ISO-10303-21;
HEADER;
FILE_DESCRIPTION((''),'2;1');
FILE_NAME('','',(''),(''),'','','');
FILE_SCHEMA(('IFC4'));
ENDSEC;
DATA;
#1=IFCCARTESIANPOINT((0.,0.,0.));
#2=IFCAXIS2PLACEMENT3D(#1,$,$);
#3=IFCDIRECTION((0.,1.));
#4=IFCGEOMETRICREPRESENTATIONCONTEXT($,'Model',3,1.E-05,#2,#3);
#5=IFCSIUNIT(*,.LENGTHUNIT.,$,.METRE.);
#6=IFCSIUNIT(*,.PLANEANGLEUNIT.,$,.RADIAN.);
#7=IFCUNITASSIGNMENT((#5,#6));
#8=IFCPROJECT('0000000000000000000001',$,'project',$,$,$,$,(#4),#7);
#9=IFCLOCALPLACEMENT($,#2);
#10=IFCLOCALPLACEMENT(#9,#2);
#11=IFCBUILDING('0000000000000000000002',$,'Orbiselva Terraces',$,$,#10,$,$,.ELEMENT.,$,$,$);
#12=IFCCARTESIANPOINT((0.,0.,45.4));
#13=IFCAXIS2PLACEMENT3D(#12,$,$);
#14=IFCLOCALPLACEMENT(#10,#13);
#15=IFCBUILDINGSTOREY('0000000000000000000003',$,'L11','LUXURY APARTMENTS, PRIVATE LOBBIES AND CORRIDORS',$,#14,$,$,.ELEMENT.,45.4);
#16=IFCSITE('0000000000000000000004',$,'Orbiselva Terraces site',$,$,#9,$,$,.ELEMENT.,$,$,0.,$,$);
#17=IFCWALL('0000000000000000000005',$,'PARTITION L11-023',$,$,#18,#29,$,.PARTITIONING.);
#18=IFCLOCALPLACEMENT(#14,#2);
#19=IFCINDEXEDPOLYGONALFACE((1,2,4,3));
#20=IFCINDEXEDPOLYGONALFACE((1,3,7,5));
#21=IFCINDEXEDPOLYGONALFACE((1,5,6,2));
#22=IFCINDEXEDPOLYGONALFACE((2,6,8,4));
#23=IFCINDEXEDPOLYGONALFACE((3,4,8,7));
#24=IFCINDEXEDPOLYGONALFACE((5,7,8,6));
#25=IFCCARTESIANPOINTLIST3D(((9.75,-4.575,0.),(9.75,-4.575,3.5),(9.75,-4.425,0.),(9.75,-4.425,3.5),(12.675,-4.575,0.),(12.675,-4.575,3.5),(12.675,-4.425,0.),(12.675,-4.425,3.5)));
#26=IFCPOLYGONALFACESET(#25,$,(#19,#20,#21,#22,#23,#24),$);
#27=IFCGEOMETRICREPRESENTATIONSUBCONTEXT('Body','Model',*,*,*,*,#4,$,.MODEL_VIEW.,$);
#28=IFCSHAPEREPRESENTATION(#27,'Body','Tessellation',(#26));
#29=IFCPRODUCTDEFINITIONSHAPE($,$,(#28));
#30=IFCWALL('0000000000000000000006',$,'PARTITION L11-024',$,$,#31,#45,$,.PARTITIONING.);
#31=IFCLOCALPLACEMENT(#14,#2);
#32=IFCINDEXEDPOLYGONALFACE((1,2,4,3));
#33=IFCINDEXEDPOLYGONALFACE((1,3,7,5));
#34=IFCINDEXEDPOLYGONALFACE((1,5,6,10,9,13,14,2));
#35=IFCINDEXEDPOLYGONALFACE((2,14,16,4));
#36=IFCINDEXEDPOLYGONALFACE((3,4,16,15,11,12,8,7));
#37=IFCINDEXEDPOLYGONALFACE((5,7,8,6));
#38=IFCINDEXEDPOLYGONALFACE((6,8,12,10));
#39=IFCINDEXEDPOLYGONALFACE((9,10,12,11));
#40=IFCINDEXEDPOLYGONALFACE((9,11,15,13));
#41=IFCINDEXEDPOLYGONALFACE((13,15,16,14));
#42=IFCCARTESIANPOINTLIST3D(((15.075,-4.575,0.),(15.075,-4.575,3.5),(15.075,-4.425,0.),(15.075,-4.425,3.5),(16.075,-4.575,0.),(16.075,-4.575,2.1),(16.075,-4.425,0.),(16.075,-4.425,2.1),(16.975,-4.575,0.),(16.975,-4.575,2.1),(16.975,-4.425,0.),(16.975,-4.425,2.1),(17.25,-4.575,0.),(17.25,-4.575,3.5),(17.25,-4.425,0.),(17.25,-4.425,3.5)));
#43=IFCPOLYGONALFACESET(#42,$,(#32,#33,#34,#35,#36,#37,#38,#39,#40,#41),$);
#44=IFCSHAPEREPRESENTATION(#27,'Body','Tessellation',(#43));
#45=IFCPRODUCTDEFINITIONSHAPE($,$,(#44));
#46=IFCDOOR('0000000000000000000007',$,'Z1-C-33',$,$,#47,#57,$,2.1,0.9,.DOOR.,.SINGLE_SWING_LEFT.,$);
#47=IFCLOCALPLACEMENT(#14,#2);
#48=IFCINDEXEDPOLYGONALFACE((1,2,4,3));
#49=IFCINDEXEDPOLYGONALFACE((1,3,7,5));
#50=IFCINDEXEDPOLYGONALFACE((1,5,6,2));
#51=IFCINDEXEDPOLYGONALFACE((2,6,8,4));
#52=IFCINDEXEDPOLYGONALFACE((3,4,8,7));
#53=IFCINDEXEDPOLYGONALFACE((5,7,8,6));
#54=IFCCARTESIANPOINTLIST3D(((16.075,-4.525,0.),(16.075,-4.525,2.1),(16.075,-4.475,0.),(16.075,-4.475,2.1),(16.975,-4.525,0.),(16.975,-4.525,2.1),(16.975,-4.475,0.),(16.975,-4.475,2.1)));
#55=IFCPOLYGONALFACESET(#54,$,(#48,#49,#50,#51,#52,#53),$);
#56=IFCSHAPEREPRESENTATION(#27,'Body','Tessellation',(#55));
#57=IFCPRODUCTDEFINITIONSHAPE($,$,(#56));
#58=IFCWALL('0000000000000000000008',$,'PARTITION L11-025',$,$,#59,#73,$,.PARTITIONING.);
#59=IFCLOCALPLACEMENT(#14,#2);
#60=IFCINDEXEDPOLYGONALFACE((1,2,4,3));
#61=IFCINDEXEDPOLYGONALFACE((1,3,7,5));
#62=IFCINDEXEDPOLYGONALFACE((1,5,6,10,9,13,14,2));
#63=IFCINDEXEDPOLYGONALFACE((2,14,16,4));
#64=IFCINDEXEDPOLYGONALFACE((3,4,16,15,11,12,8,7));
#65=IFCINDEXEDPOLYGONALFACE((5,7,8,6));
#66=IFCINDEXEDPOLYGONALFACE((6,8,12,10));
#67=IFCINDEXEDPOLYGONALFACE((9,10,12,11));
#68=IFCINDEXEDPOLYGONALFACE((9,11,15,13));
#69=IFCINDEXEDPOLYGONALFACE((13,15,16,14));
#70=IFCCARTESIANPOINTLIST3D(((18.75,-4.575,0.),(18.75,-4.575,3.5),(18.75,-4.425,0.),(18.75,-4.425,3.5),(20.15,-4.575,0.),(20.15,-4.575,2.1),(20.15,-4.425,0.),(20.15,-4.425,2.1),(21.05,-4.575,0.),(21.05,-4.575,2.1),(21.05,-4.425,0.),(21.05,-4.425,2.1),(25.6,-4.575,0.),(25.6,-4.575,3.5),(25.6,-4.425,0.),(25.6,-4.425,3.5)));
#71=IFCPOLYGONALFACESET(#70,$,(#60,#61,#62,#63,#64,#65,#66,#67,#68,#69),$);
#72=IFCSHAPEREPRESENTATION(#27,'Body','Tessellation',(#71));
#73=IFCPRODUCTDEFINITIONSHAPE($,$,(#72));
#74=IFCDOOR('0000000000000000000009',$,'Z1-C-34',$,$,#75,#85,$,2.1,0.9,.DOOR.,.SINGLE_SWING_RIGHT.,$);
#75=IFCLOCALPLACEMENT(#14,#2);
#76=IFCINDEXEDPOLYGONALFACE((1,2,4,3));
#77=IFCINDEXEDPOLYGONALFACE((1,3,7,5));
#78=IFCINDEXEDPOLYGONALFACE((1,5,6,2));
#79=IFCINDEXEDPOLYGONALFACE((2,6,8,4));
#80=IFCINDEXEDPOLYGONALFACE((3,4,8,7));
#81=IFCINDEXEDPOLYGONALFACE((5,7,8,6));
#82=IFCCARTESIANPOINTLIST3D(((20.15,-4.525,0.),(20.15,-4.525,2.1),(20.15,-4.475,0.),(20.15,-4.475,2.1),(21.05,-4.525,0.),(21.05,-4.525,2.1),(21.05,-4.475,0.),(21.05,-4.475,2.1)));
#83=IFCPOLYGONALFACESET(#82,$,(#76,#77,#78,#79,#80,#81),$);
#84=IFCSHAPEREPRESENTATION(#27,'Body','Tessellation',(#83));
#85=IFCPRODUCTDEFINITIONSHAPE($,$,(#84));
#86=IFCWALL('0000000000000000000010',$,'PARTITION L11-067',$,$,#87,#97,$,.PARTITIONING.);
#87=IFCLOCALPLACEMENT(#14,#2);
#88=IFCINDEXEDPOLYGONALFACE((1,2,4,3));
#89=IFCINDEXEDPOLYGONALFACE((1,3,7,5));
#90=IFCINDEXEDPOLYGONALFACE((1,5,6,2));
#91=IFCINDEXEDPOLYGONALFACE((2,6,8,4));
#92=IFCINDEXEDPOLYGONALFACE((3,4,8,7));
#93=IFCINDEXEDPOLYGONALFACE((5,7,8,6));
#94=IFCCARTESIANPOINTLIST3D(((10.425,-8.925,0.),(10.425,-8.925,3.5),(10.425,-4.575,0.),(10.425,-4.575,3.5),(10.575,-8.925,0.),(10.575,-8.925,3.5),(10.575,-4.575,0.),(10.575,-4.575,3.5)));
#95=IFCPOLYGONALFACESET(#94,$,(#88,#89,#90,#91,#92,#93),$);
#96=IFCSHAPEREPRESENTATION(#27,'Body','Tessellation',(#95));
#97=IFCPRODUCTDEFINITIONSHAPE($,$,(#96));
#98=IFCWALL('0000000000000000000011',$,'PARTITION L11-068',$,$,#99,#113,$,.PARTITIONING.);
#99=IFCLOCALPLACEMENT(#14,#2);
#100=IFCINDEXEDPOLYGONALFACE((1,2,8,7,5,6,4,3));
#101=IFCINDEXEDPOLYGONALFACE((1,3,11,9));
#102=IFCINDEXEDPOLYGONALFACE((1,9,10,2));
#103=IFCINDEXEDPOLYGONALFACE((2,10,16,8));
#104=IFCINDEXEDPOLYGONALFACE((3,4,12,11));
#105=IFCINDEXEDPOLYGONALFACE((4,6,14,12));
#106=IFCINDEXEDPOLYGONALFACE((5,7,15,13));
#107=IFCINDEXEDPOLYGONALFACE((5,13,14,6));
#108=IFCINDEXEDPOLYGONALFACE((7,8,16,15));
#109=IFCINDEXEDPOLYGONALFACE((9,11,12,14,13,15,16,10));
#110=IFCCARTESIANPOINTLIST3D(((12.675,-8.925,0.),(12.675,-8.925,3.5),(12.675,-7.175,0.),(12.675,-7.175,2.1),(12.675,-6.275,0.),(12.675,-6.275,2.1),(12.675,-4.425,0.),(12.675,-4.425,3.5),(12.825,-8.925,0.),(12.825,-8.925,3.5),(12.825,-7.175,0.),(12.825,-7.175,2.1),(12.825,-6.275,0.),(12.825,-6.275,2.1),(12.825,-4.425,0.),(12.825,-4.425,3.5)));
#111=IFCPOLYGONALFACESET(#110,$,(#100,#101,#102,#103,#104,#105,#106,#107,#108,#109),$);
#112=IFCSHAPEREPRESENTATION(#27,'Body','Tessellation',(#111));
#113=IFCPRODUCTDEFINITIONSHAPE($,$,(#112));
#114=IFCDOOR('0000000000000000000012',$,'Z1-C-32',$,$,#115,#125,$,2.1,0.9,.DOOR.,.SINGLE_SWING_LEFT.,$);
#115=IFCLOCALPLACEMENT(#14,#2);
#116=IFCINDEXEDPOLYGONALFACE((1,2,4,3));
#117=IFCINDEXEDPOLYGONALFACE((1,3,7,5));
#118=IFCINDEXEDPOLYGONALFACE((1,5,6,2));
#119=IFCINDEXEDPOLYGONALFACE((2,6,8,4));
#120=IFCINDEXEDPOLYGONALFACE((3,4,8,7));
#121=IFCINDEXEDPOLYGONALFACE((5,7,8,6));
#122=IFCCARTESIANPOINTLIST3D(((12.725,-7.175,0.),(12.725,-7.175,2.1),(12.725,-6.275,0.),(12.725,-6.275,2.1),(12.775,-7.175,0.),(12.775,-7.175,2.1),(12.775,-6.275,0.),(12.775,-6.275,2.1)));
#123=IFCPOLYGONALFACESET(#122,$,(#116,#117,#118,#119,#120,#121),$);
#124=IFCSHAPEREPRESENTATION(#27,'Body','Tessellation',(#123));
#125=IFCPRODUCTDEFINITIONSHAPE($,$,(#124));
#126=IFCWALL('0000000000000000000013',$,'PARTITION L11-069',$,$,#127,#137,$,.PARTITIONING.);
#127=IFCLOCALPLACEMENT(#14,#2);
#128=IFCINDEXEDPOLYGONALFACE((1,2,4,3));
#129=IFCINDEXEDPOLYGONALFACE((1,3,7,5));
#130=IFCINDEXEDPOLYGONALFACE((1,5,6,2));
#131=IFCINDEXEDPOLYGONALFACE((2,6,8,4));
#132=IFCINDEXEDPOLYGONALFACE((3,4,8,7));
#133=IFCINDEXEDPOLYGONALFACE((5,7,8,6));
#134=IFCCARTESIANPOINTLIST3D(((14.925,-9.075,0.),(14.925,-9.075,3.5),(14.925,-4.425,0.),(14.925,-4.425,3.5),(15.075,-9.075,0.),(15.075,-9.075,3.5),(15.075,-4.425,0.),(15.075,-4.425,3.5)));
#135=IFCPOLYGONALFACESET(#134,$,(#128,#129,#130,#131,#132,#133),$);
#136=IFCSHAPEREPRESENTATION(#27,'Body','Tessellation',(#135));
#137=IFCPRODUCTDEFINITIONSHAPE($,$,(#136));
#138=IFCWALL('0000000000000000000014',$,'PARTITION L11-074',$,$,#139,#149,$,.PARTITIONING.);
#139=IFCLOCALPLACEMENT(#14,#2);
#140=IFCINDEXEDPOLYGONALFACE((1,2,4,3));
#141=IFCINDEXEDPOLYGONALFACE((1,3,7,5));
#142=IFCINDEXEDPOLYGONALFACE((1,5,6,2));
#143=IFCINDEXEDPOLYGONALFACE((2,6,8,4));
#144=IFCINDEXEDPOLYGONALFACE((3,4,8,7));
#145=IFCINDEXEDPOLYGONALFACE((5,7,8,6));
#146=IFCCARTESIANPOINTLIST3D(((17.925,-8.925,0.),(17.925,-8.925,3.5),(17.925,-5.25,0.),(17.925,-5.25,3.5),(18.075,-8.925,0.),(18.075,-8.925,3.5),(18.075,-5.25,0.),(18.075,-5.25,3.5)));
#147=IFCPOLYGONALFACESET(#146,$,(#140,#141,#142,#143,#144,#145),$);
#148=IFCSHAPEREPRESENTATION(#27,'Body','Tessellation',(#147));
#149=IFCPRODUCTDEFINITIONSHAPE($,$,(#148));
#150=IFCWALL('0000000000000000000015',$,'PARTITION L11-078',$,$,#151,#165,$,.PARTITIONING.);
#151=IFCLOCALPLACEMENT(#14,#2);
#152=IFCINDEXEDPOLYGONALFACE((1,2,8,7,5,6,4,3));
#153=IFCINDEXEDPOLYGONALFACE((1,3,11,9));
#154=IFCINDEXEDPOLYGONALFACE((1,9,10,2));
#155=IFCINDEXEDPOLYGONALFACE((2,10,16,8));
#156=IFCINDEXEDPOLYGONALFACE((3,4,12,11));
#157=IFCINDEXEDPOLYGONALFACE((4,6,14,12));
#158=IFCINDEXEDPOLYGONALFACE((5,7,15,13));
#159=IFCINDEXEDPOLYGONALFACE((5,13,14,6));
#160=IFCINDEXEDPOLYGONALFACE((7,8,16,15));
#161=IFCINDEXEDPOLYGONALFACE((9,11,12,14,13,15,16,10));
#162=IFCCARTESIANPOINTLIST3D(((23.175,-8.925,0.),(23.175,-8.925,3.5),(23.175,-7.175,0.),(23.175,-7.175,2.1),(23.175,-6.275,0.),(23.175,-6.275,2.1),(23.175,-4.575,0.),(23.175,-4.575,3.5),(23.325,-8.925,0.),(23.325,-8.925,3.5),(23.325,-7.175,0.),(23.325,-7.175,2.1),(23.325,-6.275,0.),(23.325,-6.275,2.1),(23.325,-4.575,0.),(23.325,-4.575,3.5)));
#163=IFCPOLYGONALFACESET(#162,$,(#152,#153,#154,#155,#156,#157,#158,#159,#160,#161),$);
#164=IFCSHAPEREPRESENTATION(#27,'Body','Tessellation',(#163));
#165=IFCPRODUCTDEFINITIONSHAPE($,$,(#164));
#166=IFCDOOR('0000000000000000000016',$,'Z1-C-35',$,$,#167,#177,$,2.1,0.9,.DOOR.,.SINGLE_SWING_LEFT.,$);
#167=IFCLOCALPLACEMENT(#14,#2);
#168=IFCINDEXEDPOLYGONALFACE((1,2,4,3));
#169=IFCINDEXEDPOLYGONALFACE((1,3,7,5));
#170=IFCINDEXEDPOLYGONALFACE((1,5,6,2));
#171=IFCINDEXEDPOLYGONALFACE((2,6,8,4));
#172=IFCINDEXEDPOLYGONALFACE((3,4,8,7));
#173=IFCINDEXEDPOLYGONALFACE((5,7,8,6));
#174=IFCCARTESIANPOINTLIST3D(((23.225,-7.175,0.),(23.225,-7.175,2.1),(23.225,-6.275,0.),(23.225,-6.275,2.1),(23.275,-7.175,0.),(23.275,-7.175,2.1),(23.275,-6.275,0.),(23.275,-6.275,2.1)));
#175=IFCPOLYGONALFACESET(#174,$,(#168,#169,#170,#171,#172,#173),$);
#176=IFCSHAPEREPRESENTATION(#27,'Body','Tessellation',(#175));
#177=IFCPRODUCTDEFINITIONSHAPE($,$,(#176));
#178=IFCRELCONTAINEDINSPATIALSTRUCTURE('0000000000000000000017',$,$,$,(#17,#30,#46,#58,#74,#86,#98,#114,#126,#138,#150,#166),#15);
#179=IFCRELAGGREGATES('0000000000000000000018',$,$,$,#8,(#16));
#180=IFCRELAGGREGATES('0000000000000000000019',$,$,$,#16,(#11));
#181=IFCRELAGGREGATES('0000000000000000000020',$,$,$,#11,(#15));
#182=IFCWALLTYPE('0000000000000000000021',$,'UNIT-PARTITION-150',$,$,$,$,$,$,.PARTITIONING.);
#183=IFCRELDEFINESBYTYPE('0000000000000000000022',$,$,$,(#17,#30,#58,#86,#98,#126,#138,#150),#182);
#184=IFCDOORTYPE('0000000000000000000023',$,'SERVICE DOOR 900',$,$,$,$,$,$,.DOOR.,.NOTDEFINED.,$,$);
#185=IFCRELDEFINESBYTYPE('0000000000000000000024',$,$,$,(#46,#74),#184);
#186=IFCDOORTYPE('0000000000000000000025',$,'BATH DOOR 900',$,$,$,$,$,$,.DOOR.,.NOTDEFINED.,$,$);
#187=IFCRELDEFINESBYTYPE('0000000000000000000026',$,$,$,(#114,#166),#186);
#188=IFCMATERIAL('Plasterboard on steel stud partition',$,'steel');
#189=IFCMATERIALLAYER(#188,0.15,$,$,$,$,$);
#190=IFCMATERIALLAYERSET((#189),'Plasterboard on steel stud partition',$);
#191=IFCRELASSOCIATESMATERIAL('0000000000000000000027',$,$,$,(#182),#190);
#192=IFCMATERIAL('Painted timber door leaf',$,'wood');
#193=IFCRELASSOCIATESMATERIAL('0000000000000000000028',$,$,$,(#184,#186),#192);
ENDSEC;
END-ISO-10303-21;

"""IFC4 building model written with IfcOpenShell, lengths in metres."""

from ifc_helpers import new_model, si_unit, direction, frame, frame_2d, origin, place, context, subcontext, project, spatial, rectangle, extrude, material, layer, layer_set, type_object, element, fill, save


model = new_model("IFC4")

# Units and contexts
model_context = context("Model", 3, precision=1e-05, world=origin(), true_north=direction((0.0, 1.0)))
body_context = subcontext(model_context, "Body", "Model", "MODEL_VIEW")
ifc_project = project(units=[si_unit("LENGTHUNIT", "METRE"), si_unit("PLANEANGLEUNIT", "RADIAN")], contexts=[model_context])

# Site, building, storey
site_placement = place(None, origin())
site = spatial("IfcSite", under=ifc_project, at=site_placement, Name="Orbiselva Terraces site", CompositionType="ELEMENT", RefElevation=0.0)
building_placement = place(site_placement, origin())
building = spatial("IfcBuilding", under=site, at=building_placement, Name="Orbiselva Terraces", CompositionType="ELEMENT")
storey_placement = place(building_placement, frame((0.0, 0.0, 45.4)))
storey = spatial("IfcBuildingStorey", under=building, at=storey_placement, Name="L11", Description="LUXURY APARTMENTS, PRIVATE LOBBIES AND CORRIDORS", CompositionType="ELEMENT", Elevation=45.4)

# Shared definitions
ifc_material_1 = material(Name="Plasterboard on steel stud partition", Category="steel")

# Shared definitions
ifc_layer_1 = layer(ifc_material_1, 0.15)
ifc_layer_set_1 = layer_set([ifc_layer_1], Name="Plasterboard on steel stud partition")
wall_type_1 = type_object("IfcWallType", Name="UNIT-PARTITION-150", PredefinedType="PARTITIONING", material=ifc_layer_set_1)
ifc_material_2 = material(Name="Painted timber door leaf", Category="wood")

# Wall
wall_1_placement = place(storey_placement, frame((9.75, -4.5, 0.0), z_axis=(0.0, 0.0, 1.0), x_axis=(1.0, 0.0, 0.0)))
element("IfcWall", 1, at=wall_1_placement, inside=storey, type_object=wall_type_1, Name="PARTITION L11-023", PredefinedType="PARTITIONING", context=body_context, shape_type="SweptSolid", body=[
    extrude(rectangle(XDim=2.925, YDim=0.15, at=frame_2d((1.4625, 0.0))), origin(), (0.0, 0.0, 1.0), 3.5),
])

# Walls, openings, doors
wall_2_placement = place(storey_placement, frame((17.25, -4.5, 0.0), z_axis=(0.0, 0.0, 1.0), x_axis=(-1.0, 0.0, 0.0)))
wall_2 = element("IfcWall", 2, at=wall_2_placement, inside=storey, type_object=wall_type_1, Name="PARTITION L11-024", PredefinedType="PARTITIONING", context=body_context, shape_type="SweptSolid", body=[
    extrude(rectangle(XDim=2.175, YDim=0.15, at=frame_2d((1.0875, 0.0))), origin(), (0.0, 0.0, 1.0), 3.5),
])
opening_1_placement = place(wall_2_placement, frame((0.275, 0.0, 0.0)))
opening_1 = element("IfcOpeningElement", 3, at=opening_1_placement, cuts=wall_2, PredefinedType="OPENING", context=body_context, shape_type="SweptSolid", body=[
    extrude(rectangle(XDim=0.9, YDim=2.1, at=frame_2d((0.45, 1.05))), frame((0.0, 0.085, 0.0), z_axis=(0.0, -1.0, 0.0), x_axis=(1.0, 0.0, 0.0)), (0.0, 0.0, 1.0), 0.17),
])
door_type_1 = type_object("IfcDoorType", Name="SERVICE DOOR 900", OperationType="NOTDEFINED", PredefinedType="DOOR", material=ifc_material_2)
door_1_placement = place(opening_1_placement, origin())
door_1 = element("IfcDoor", 4, at=door_1_placement, inside=storey, type_object=door_type_1, Name="Z1-C-33", OperationType="SINGLE_SWING_LEFT", OverallHeight=2.1, OverallWidth=0.9, PredefinedType="DOOR", context=body_context, shape_type="SweptSolid", body=[
    extrude(rectangle(XDim=0.9, YDim=2.1, at=frame_2d((0.45, 1.05))), frame((0.0, 0.025, 0.0), z_axis=(0.0, -1.0, 0.0), x_axis=(1.0, 0.0, 0.0)), (0.0, 0.0, 1.0), 0.05),
])
fill(opening_1, door_1)
wall_3_placement = place(storey_placement, frame((25.6, -4.5, 0.0), z_axis=(0.0, 0.0, 1.0), x_axis=(-1.0, 0.0, 0.0)))
wall_3 = element("IfcWall", 5, at=wall_3_placement, inside=storey, type_object=wall_type_1, Name="PARTITION L11-025", PredefinedType="PARTITIONING", context=body_context, shape_type="SweptSolid", body=[
    extrude(rectangle(XDim=6.85, YDim=0.15, at=frame_2d((3.425, 0.0))), origin(), (0.0, 0.0, 1.0), 3.5),
])
opening_2_placement = place(wall_3_placement, frame((4.55, 0.0, 0.0)))
opening_2 = element("IfcOpeningElement", 6, at=opening_2_placement, cuts=wall_3, PredefinedType="OPENING", context=body_context, shape_type="SweptSolid", body=[
    extrude(rectangle(XDim=0.9, YDim=2.1, at=frame_2d((0.45, 1.05))), frame((0.0, 0.085, 0.0), z_axis=(0.0, -1.0, 0.0), x_axis=(1.0, 0.0, 0.0)), (0.0, 0.0, 1.0), 0.17),
])
door_2_placement = place(opening_2_placement, origin())
door_2 = element("IfcDoor", 7, at=door_2_placement, inside=storey, type_object=door_type_1, Name="Z1-C-34", OperationType="SINGLE_SWING_RIGHT", OverallHeight=2.1, OverallWidth=0.9, PredefinedType="DOOR", context=body_context, shape_type="SweptSolid", body=[
    extrude(rectangle(XDim=0.9, YDim=2.1, at=frame_2d((0.45, 1.05))), frame((0.0, 0.025, 0.0), z_axis=(0.0, -1.0, 0.0), x_axis=(1.0, 0.0, 0.0)), (0.0, 0.0, 1.0), 0.05),
])
fill(opening_2, door_2)

# Wall
wall_4_placement = place(storey_placement, frame((10.5, -8.925, 0.0), z_axis=(0.0, 0.0, 1.0), x_axis=(0.0, 1.0, 0.0)))
element("IfcWall", 8, at=wall_4_placement, inside=storey, type_object=wall_type_1, Name="PARTITION L11-067", PredefinedType="PARTITIONING", context=body_context, shape_type="SweptSolid", body=[
    extrude(rectangle(XDim=4.35, YDim=0.15, at=frame_2d((2.175, 0.0))), origin(), (0.0, 0.0, 1.0), 3.5),
])

# Wall, opening, door
wall_5_placement = place(storey_placement, frame((12.75, -8.925, 0.0), z_axis=(0.0, 0.0, 1.0), x_axis=(0.0, 1.0, 0.0)))
wall_5 = element("IfcWall", 9, at=wall_5_placement, inside=storey, type_object=wall_type_1, Name="PARTITION L11-068", PredefinedType="PARTITIONING", context=body_context, shape_type="SweptSolid", body=[
    extrude(rectangle(XDim=4.5, YDim=0.15, at=frame_2d((2.25, 0.0))), origin(), (0.0, 0.0, 1.0), 3.5),
])
opening_3_placement = place(wall_5_placement, frame((1.75, 0.0, 0.0)))
opening_3 = element("IfcOpeningElement", 10, at=opening_3_placement, cuts=wall_5, PredefinedType="OPENING", context=body_context, shape_type="SweptSolid", body=[
    extrude(rectangle(XDim=0.9, YDim=2.1, at=frame_2d((0.45, 1.05))), frame((0.0, 0.085, 0.0), z_axis=(0.0, -1.0, 0.0), x_axis=(1.0, 0.0, 0.0)), (0.0, 0.0, 1.0), 0.17),
])
door_type_2 = type_object("IfcDoorType", Name="BATH DOOR 900", OperationType="NOTDEFINED", PredefinedType="DOOR", material=ifc_material_2)
door_3_placement = place(opening_3_placement, origin())
door_3 = element("IfcDoor", 11, at=door_3_placement, inside=storey, type_object=door_type_2, Name="Z1-C-32", OperationType="SINGLE_SWING_LEFT", OverallHeight=2.1, OverallWidth=0.9, PredefinedType="DOOR", context=body_context, shape_type="SweptSolid", body=[
    extrude(rectangle(XDim=0.9, YDim=2.1, at=frame_2d((0.45, 1.05))), frame((0.0, 0.025, 0.0), z_axis=(0.0, -1.0, 0.0), x_axis=(1.0, 0.0, 0.0)), (0.0, 0.0, 1.0), 0.05),
])
fill(opening_3, door_3)

# Walls
wall_6_placement = place(storey_placement, frame((15.0, -9.075, 0.0), z_axis=(0.0, 0.0, 1.0), x_axis=(0.0, 1.0, 0.0)))
element("IfcWall", 12, at=wall_6_placement, inside=storey, type_object=wall_type_1, Name="PARTITION L11-069", PredefinedType="PARTITIONING", context=body_context, shape_type="SweptSolid", body=[
    extrude(rectangle(XDim=4.65, YDim=0.15, at=frame_2d((2.325, 0.0))), origin(), (0.0, 0.0, 1.0), 3.5),
])
wall_7_placement = place(storey_placement, frame((18.0, -8.925, 0.0), z_axis=(0.0, 0.0, 1.0), x_axis=(0.0, 1.0, 0.0)))
element("IfcWall", 13, at=wall_7_placement, inside=storey, type_object=wall_type_1, Name="PARTITION L11-074", PredefinedType="PARTITIONING", context=body_context, shape_type="SweptSolid", body=[
    extrude(rectangle(XDim=3.675, YDim=0.15, at=frame_2d((1.8375, 0.0))), origin(), (0.0, 0.0, 1.0), 3.5),
])

# Wall, opening, door
wall_8_placement = place(storey_placement, frame((23.25, -4.575, 0.0), z_axis=(0.0, 0.0, 1.0), x_axis=(0.0, -1.0, 0.0)))
wall_8 = element("IfcWall", 14, at=wall_8_placement, inside=storey, type_object=wall_type_1, Name="PARTITION L11-078", PredefinedType="PARTITIONING", context=body_context, shape_type="SweptSolid", body=[
    extrude(rectangle(XDim=4.35, YDim=0.15, at=frame_2d((2.175, 0.0))), origin(), (0.0, 0.0, 1.0), 3.5),
])
opening_4_placement = place(wall_8_placement, frame((1.7, 0.0, 0.0)))
opening_4 = element("IfcOpeningElement", 15, at=opening_4_placement, cuts=wall_8, PredefinedType="OPENING", context=body_context, shape_type="SweptSolid", body=[
    extrude(rectangle(XDim=0.9, YDim=2.1, at=frame_2d((0.45, 1.05))), frame((0.0, 0.085, 0.0), z_axis=(0.0, -1.0, 0.0), x_axis=(1.0, 0.0, 0.0)), (0.0, 0.0, 1.0), 0.17),
])
door_4_placement = place(opening_4_placement, origin())
door_4 = element("IfcDoor", 16, at=door_4_placement, inside=storey, type_object=door_type_2, Name="Z1-C-35", OperationType="SINGLE_SWING_LEFT", OverallHeight=2.1, OverallWidth=0.9, PredefinedType="DOOR", context=body_context, shape_type="SweptSolid", body=[
    extrude(rectangle(XDim=0.9, YDim=2.1, at=frame_2d((0.45, 1.05))), frame((0.0, 0.025, 0.0), z_axis=(0.0, -1.0, 0.0), x_axis=(1.0, 0.0, 0.0)), (0.0, 0.0, 1.0), 0.05),
])
fill(opening_4, door_4)

save(model, "model.ifc")
